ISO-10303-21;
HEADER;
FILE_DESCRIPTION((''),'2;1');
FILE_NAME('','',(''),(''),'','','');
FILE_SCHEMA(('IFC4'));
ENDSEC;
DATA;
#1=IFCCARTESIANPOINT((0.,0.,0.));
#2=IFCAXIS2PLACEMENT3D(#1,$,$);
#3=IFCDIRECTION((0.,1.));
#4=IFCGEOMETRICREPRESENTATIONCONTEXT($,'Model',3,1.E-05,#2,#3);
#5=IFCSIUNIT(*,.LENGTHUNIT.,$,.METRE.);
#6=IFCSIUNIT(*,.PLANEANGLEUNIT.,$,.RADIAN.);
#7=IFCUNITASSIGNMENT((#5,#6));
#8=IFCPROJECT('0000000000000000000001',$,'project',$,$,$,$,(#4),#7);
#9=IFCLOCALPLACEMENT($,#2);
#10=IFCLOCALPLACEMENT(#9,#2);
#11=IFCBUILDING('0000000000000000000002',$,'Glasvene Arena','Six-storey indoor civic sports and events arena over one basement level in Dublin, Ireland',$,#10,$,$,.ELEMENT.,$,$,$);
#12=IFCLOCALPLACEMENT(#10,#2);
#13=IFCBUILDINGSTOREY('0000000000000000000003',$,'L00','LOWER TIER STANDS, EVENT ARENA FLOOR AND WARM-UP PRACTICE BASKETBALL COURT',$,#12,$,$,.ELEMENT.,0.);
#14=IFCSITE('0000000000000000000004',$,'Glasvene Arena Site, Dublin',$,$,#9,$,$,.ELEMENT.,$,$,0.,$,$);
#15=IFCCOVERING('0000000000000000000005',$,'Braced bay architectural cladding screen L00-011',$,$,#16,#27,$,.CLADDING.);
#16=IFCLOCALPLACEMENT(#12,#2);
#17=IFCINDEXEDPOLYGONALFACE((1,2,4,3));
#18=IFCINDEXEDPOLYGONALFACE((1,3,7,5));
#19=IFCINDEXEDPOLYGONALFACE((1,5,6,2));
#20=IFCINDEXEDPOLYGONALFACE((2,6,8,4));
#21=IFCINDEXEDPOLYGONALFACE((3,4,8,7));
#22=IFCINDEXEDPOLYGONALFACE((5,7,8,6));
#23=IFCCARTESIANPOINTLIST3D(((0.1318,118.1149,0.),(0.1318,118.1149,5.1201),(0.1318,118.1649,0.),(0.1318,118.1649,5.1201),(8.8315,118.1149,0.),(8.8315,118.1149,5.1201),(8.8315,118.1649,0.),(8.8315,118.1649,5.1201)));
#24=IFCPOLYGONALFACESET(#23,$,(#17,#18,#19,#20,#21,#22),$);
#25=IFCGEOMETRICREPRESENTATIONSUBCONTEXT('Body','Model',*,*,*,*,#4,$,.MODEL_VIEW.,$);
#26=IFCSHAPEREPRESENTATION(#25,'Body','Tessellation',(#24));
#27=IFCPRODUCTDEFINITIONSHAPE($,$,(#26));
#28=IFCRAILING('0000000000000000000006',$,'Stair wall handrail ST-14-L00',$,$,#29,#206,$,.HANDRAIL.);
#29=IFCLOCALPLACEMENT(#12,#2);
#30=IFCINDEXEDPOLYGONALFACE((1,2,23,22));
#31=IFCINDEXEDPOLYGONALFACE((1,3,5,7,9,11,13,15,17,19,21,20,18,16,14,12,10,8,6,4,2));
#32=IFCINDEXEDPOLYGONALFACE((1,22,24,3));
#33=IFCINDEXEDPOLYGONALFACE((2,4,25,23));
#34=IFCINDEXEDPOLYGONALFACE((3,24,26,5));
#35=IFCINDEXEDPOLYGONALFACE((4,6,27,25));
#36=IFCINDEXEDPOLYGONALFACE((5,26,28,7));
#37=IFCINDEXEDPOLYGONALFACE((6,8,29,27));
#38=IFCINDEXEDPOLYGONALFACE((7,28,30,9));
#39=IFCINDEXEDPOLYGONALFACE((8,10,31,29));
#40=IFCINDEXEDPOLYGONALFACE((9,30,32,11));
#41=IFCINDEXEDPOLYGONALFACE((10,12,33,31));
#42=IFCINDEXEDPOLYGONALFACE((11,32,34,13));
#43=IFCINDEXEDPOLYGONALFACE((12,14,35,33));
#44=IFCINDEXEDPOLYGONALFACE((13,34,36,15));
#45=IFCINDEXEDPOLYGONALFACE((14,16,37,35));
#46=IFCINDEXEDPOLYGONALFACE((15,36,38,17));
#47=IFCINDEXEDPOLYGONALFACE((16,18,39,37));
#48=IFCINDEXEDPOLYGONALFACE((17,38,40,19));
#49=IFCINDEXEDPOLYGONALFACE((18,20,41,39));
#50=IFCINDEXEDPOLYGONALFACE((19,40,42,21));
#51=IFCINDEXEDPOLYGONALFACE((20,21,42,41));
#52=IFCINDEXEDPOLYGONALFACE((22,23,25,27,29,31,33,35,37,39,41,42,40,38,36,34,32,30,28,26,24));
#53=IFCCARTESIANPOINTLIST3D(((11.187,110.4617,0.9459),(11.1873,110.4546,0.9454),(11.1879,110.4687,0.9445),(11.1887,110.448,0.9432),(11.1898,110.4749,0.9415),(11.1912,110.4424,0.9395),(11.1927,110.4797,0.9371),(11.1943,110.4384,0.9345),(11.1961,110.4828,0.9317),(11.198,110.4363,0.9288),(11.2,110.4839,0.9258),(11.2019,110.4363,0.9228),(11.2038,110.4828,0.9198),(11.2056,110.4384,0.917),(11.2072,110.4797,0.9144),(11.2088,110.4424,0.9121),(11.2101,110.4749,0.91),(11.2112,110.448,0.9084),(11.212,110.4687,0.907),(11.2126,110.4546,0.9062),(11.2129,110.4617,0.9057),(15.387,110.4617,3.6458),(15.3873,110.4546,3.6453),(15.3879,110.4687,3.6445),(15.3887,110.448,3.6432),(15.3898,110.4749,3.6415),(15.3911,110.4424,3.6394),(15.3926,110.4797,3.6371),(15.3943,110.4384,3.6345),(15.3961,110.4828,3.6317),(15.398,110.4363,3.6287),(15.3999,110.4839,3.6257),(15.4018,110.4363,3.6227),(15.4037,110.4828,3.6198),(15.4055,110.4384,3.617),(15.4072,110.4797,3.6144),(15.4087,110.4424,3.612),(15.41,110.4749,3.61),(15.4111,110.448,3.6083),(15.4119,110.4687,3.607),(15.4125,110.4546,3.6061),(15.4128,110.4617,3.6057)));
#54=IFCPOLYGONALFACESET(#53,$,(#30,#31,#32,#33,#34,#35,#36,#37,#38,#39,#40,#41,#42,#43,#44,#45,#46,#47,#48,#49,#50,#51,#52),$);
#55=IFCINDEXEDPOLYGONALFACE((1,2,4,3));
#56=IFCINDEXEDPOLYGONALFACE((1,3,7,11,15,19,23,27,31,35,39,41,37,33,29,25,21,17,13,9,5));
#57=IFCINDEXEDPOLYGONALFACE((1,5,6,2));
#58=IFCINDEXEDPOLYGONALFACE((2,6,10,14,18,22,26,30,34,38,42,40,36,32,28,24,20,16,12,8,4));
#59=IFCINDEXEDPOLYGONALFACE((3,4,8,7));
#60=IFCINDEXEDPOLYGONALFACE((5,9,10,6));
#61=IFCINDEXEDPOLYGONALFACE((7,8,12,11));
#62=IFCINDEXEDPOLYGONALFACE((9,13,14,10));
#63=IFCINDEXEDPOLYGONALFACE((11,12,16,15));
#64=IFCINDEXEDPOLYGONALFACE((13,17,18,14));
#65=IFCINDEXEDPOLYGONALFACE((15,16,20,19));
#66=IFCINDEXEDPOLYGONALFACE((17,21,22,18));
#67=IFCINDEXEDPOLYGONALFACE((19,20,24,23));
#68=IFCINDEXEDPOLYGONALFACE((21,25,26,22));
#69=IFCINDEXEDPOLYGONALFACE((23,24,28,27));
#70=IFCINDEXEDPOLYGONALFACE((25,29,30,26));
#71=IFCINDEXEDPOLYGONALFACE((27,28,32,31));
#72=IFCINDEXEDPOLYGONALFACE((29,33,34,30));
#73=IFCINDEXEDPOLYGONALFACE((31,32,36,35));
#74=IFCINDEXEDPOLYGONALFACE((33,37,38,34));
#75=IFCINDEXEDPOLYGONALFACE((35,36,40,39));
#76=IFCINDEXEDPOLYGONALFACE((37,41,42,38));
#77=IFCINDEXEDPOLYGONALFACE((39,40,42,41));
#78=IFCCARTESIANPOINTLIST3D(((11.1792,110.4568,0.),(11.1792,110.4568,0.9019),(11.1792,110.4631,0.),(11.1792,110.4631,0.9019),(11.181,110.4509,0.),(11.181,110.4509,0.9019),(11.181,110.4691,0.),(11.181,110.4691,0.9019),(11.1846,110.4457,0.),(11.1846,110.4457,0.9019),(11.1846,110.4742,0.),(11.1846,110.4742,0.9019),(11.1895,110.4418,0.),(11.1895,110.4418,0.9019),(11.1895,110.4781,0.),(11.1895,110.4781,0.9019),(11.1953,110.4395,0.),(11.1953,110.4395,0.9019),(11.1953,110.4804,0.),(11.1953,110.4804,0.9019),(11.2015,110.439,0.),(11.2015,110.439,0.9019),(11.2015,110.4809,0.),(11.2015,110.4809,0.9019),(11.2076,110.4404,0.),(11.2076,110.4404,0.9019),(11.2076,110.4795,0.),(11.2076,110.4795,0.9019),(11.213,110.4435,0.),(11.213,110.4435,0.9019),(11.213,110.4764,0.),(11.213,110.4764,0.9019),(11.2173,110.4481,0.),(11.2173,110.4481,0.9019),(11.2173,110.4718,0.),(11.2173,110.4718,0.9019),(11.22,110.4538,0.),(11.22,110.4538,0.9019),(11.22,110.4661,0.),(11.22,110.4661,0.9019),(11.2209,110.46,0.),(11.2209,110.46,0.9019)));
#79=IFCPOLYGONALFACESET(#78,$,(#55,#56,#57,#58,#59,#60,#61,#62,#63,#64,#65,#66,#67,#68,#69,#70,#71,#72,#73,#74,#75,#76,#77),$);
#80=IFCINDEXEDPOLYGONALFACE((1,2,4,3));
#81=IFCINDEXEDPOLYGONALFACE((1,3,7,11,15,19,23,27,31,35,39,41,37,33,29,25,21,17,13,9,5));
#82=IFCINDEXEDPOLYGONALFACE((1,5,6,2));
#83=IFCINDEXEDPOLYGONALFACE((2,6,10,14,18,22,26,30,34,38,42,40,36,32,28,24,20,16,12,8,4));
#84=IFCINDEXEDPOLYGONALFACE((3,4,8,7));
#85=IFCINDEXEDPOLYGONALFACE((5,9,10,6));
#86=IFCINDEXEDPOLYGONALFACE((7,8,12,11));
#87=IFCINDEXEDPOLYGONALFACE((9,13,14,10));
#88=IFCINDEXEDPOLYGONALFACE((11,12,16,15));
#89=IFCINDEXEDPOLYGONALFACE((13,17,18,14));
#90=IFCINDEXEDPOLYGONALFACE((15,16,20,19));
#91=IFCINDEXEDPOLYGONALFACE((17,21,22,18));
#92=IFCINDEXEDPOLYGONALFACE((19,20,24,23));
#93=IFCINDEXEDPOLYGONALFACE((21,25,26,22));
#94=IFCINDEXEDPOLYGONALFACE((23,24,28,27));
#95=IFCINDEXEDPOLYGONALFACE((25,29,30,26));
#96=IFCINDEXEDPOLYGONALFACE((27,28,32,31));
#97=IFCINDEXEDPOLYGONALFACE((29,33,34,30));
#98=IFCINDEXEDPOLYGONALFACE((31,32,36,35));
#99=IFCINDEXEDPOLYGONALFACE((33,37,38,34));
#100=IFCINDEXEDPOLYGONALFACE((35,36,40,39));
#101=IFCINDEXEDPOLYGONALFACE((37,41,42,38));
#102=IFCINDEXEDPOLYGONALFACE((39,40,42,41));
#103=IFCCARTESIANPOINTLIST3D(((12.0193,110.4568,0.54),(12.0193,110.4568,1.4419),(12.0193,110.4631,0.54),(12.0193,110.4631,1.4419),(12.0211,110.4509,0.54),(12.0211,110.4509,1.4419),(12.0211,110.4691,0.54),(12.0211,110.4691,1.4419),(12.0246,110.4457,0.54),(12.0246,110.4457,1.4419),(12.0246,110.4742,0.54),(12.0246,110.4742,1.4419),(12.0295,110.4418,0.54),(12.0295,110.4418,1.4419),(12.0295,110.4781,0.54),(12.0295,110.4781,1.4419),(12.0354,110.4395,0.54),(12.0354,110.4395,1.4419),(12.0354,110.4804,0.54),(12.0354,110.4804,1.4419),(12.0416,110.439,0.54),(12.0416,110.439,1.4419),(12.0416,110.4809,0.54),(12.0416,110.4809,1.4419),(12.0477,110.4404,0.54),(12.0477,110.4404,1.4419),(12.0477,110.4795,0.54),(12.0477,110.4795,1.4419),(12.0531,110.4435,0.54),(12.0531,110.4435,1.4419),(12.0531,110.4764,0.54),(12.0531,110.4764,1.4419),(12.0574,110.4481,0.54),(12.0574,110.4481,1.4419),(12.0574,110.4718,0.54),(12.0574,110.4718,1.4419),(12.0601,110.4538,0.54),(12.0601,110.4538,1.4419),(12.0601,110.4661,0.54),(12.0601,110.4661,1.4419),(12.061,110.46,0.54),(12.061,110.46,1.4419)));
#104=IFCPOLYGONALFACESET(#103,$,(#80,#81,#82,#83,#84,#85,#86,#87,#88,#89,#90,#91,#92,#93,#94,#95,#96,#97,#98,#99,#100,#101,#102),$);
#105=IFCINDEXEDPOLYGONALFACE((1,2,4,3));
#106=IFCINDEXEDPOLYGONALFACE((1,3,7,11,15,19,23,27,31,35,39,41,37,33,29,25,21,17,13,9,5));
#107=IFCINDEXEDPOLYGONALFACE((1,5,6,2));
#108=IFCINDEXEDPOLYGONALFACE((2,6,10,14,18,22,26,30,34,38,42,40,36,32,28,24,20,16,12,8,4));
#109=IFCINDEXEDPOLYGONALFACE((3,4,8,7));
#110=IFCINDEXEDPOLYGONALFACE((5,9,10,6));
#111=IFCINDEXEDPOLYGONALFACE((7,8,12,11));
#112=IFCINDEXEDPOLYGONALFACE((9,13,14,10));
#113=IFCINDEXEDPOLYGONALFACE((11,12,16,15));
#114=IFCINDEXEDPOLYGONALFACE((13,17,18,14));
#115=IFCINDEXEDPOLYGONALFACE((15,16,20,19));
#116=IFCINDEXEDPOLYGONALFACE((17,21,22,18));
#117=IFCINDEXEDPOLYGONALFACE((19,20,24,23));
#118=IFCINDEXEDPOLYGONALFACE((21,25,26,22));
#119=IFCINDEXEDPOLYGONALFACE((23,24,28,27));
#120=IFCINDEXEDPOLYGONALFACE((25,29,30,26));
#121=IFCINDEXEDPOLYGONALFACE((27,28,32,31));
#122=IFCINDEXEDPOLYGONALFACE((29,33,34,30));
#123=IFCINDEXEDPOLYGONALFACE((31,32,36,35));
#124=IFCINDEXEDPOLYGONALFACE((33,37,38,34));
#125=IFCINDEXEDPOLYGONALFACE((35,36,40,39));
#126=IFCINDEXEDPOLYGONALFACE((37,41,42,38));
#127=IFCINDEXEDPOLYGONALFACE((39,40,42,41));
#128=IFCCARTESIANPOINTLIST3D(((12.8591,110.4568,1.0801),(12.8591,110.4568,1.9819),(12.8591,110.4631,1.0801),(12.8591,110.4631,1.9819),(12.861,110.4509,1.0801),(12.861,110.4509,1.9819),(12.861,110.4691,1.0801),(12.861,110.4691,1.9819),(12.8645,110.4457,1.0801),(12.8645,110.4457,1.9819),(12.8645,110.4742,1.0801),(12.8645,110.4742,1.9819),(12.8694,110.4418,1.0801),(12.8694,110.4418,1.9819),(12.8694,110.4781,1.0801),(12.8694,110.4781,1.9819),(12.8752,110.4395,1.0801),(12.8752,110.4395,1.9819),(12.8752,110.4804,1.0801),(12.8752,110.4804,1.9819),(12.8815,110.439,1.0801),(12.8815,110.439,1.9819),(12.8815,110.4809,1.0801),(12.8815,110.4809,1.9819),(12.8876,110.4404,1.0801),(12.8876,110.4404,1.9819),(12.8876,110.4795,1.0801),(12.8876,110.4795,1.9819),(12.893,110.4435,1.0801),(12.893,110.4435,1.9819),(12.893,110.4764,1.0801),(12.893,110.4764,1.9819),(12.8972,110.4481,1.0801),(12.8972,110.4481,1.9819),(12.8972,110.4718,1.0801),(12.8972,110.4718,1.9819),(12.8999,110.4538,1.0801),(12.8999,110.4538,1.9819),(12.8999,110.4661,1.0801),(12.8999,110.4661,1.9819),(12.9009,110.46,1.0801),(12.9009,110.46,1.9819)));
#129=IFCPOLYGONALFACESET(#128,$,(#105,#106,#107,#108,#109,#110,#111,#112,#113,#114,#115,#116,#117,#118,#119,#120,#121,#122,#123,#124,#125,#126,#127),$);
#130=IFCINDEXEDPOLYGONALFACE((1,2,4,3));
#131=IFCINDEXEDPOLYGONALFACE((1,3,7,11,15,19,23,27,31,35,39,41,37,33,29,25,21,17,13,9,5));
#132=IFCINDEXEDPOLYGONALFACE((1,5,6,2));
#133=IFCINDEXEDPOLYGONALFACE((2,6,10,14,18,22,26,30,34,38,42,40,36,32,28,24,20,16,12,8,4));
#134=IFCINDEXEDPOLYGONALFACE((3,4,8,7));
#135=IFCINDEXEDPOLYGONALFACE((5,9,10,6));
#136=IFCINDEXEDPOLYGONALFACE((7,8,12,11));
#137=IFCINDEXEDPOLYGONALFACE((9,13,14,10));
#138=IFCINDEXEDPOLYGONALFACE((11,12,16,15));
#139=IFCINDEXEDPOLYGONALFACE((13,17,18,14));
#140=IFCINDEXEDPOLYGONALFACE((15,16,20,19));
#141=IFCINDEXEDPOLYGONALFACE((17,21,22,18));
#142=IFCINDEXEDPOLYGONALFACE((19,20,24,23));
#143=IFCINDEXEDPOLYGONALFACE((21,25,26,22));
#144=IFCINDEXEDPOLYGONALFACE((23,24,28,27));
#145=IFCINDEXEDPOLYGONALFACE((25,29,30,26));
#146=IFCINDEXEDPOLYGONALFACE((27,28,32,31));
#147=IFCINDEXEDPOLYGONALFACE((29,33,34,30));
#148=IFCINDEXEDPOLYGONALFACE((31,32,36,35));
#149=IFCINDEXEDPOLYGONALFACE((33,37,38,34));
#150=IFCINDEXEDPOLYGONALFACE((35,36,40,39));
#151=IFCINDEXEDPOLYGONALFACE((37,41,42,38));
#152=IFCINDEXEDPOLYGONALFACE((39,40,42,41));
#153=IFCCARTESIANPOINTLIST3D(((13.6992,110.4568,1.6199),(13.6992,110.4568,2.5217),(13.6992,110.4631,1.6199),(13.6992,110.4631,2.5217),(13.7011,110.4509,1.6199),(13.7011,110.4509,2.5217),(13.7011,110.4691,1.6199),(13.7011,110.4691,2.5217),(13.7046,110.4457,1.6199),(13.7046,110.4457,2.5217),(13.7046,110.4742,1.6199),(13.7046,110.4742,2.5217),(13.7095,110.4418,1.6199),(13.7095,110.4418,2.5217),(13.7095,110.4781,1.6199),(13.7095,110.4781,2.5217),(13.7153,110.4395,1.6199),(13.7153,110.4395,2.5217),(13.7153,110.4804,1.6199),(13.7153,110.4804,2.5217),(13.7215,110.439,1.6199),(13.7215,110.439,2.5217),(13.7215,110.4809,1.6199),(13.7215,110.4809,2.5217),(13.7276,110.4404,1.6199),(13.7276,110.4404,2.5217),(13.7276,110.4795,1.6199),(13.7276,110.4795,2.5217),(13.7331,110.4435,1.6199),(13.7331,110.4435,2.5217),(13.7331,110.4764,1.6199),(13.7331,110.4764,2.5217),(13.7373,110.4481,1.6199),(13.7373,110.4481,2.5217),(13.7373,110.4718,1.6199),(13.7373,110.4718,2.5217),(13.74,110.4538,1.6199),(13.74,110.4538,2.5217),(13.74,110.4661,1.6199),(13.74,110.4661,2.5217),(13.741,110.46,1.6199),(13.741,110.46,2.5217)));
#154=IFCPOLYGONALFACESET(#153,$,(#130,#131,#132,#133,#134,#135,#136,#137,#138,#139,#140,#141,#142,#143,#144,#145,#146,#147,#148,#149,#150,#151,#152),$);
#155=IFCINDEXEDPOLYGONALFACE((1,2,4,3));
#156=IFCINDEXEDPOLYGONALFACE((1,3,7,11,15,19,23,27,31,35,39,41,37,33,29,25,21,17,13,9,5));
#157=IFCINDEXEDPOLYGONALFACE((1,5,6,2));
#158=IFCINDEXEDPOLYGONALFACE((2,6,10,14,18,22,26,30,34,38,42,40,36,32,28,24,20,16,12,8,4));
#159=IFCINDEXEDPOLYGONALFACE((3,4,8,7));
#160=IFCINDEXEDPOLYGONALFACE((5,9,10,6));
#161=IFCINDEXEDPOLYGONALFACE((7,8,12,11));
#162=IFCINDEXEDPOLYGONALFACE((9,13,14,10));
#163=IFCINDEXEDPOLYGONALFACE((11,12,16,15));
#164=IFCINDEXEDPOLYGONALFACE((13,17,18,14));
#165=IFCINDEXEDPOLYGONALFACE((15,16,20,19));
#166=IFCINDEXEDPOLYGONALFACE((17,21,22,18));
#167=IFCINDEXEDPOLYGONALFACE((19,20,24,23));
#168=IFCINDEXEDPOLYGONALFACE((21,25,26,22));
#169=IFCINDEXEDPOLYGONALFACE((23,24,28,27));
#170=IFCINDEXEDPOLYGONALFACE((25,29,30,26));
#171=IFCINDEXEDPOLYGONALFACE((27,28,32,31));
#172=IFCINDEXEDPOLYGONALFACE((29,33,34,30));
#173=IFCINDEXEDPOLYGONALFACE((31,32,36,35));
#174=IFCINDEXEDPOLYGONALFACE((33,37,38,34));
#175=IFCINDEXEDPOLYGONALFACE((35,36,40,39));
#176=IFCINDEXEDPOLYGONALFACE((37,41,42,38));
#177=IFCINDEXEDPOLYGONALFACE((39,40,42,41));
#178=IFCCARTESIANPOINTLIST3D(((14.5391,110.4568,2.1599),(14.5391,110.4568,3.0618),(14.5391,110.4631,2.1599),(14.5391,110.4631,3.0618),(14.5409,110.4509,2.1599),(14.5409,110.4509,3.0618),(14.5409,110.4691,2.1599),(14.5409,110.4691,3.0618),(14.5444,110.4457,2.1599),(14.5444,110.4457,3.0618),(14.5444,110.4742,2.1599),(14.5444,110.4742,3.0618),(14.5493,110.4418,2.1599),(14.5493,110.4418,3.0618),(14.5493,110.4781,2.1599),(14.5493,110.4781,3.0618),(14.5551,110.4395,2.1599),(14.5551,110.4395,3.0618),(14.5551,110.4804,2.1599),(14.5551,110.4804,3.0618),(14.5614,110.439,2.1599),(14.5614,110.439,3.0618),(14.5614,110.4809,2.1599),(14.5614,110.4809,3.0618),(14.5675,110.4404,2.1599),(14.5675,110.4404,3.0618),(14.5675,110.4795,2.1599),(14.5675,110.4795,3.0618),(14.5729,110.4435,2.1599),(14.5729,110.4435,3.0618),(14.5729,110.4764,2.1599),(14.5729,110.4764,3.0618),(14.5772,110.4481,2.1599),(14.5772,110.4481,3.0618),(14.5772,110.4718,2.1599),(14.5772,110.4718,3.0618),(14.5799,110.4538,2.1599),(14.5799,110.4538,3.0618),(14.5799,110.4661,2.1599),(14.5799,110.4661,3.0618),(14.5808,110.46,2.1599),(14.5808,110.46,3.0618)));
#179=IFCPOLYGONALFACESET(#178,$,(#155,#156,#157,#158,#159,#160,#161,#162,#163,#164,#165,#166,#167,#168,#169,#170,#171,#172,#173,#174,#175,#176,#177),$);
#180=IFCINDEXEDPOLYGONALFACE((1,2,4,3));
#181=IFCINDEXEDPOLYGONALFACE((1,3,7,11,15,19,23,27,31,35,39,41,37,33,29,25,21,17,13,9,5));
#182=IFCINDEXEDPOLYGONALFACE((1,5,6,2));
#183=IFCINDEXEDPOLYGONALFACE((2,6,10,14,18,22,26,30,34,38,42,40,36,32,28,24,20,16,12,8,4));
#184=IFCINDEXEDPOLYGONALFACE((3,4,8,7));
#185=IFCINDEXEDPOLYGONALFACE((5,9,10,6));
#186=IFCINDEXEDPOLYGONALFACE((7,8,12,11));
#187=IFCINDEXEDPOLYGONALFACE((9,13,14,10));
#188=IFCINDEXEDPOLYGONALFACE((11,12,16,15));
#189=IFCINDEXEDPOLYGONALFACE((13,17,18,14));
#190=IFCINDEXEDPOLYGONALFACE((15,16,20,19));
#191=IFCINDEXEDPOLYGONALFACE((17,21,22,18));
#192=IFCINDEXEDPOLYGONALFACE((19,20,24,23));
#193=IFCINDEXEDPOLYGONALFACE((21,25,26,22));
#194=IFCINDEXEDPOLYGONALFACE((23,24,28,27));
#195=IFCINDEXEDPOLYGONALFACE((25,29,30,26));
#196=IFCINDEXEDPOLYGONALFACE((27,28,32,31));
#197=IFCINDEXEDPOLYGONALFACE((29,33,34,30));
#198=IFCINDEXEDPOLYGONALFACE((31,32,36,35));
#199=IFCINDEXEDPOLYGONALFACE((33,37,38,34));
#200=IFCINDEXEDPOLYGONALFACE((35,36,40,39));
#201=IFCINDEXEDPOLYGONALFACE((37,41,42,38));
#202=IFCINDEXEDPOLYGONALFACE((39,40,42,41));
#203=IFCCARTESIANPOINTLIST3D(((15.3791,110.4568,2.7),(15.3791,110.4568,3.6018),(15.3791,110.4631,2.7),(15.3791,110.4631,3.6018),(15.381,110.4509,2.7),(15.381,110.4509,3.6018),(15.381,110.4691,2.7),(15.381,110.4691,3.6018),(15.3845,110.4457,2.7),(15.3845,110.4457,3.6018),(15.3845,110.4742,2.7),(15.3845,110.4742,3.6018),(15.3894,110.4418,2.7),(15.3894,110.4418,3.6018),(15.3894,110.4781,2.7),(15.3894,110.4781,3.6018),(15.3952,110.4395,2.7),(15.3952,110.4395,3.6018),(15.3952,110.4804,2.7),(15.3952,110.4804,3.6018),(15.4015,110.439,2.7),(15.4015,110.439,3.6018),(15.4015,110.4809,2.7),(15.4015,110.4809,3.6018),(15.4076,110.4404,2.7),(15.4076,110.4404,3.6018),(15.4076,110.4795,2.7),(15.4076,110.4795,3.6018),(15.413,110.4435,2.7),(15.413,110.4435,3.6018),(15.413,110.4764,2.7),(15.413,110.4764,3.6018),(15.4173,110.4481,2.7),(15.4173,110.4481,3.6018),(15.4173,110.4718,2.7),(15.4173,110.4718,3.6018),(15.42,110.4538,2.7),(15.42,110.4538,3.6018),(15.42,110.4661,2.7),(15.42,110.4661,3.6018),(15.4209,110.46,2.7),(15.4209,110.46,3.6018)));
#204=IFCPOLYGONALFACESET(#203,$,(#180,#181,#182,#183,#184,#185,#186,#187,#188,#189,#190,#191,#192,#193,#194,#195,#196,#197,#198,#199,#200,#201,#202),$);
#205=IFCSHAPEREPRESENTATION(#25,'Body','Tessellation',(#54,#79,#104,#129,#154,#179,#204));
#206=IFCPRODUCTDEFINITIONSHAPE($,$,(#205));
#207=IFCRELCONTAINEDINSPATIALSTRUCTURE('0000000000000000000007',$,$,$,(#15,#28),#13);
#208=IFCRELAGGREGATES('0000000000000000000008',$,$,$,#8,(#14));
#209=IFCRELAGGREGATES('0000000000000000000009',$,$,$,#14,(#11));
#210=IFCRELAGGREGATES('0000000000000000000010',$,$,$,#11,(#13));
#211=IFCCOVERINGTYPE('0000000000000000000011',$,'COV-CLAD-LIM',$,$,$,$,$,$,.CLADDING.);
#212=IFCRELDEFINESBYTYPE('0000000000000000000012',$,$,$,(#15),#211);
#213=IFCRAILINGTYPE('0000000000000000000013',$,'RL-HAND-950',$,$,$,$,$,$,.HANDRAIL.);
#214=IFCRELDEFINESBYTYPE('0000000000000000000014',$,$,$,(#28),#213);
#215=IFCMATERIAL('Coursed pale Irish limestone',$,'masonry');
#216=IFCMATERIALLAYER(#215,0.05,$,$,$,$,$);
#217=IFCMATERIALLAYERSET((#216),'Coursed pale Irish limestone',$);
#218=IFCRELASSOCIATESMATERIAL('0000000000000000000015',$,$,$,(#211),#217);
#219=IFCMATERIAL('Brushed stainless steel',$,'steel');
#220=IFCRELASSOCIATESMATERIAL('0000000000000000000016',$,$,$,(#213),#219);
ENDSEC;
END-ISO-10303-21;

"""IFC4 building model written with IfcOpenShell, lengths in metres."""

from ifc_helpers import new_model, si_unit, direction, frame, origin, origin_2d, place, context, subcontext, project, spatial, rectangle, circle, extrude, material, layer, layer_set, type_object, element, save


model = new_model("IFC4")

# Units and contexts
model_context = context("Model", 3, precision=1e-05, world=origin(), true_north=direction((0.0, 1.0)))
body_context = subcontext(model_context, "Body", "Model", "MODEL_VIEW")
ifc_project = project(units=[si_unit("LENGTHUNIT", "METRE"), si_unit("PLANEANGLEUNIT", "RADIAN")], contexts=[model_context])

# Site, building, storey
site_placement = place(None, origin())
site = spatial("IfcSite", under=ifc_project, at=site_placement, Name="Glasvene Arena Site, Dublin", CompositionType="ELEMENT", RefElevation=0.0)
building_placement = place(site_placement, origin())
building = spatial("IfcBuilding", under=site, at=building_placement, Name="Glasvene Arena", Description="Six-storey indoor civic sports and events arena over one basement level in Dublin, Ireland", CompositionType="ELEMENT")
storey_placement = place(building_placement, origin())
storey = spatial("IfcBuildingStorey", under=building, at=storey_placement, Name="L00", Description="LOWER TIER STANDS, EVENT ARENA FLOOR AND WARM-UP PRACTICE BASKETBALL COURT", CompositionType="ELEMENT", Elevation=0.0)

# Shared definitions
ifc_material_1 = material(Name="Coursed pale Irish limestone", Category="masonry")

# Covering
ifc_layer_1 = layer(ifc_material_1, 0.05)
ifc_layer_set_1 = layer_set([ifc_layer_1], Name="Coursed pale Irish limestone")
covering_type = type_object("IfcCoveringType", Name="COV-CLAD-LIM", PredefinedType="CLADDING", material=ifc_layer_set_1)
covering_1_placement = place(storey_placement, frame((4.4817, 118.1399, 0.0), z_axis=(0.0, 0.0, 1.0), x_axis=(1.0, 0.0, 0.0)))
element("IfcCovering", 1, at=covering_1_placement, inside=storey, type_object=covering_type, Name="Braced bay architectural cladding screen L00-011", PredefinedType="CLADDING", context=body_context, shape_type="SweptSolid", body=[
    extrude(rectangle(XDim=8.6997, YDim=0.05, at=origin_2d()), origin(), (0.0, 0.0, 1.0), 5.1201),
])

# Railing
ifc_material_2 = material(Name="Brushed stainless steel", Category="steel")
railing_type = type_object("IfcRailingType", Name="RL-HAND-950", PredefinedType="HANDRAIL", material=ifc_material_2)
railing_placement = place(storey_placement, frame((11.2, 110.46, 0.0)))
element("IfcRailing", 2, at=railing_placement, inside=storey, type_object=railing_type, Name="Stair wall handrail ST-14-L00", PredefinedType="HANDRAIL", context=body_context, shape_type="SweptSolid", body=[
    extrude(circle(Radius=0.0239, at=origin_2d()), frame((0.0, 0.0, 0.9258), z_axis=(0.84118, 0.0, 0.540755), x_axis=(0.0, 1.0, 0.0)), (0.0, 0.0, 1.0), 4.9929),
    extrude(circle(Radius=0.021, at=origin_2d()), origin(), (0.0, 0.0, 1.0), 0.9019),
    extrude(circle(Radius=0.021, at=origin_2d()), frame((0.8401, 0.0, 0.54)), (0.0, 0.0, 1.0), 0.9019),
    extrude(circle(Radius=0.021, at=origin_2d()), frame((1.6799, 0.0, 1.0801)), (0.0, 0.0, 1.0), 0.9019),
    extrude(circle(Radius=0.021, at=origin_2d()), frame((2.52, 0.0, 1.6199)), (0.0, 0.0, 1.0), 0.9019),
    extrude(circle(Radius=0.021, at=origin_2d()), frame((3.3599, 0.0, 2.1599)), (0.0, 0.0, 1.0), 0.9019),
    extrude(circle(Radius=0.021, at=origin_2d()), frame((4.2, 0.0, 2.7)), (0.0, 0.0, 1.0), 0.9019),
])

save(model, "model.ifc")
